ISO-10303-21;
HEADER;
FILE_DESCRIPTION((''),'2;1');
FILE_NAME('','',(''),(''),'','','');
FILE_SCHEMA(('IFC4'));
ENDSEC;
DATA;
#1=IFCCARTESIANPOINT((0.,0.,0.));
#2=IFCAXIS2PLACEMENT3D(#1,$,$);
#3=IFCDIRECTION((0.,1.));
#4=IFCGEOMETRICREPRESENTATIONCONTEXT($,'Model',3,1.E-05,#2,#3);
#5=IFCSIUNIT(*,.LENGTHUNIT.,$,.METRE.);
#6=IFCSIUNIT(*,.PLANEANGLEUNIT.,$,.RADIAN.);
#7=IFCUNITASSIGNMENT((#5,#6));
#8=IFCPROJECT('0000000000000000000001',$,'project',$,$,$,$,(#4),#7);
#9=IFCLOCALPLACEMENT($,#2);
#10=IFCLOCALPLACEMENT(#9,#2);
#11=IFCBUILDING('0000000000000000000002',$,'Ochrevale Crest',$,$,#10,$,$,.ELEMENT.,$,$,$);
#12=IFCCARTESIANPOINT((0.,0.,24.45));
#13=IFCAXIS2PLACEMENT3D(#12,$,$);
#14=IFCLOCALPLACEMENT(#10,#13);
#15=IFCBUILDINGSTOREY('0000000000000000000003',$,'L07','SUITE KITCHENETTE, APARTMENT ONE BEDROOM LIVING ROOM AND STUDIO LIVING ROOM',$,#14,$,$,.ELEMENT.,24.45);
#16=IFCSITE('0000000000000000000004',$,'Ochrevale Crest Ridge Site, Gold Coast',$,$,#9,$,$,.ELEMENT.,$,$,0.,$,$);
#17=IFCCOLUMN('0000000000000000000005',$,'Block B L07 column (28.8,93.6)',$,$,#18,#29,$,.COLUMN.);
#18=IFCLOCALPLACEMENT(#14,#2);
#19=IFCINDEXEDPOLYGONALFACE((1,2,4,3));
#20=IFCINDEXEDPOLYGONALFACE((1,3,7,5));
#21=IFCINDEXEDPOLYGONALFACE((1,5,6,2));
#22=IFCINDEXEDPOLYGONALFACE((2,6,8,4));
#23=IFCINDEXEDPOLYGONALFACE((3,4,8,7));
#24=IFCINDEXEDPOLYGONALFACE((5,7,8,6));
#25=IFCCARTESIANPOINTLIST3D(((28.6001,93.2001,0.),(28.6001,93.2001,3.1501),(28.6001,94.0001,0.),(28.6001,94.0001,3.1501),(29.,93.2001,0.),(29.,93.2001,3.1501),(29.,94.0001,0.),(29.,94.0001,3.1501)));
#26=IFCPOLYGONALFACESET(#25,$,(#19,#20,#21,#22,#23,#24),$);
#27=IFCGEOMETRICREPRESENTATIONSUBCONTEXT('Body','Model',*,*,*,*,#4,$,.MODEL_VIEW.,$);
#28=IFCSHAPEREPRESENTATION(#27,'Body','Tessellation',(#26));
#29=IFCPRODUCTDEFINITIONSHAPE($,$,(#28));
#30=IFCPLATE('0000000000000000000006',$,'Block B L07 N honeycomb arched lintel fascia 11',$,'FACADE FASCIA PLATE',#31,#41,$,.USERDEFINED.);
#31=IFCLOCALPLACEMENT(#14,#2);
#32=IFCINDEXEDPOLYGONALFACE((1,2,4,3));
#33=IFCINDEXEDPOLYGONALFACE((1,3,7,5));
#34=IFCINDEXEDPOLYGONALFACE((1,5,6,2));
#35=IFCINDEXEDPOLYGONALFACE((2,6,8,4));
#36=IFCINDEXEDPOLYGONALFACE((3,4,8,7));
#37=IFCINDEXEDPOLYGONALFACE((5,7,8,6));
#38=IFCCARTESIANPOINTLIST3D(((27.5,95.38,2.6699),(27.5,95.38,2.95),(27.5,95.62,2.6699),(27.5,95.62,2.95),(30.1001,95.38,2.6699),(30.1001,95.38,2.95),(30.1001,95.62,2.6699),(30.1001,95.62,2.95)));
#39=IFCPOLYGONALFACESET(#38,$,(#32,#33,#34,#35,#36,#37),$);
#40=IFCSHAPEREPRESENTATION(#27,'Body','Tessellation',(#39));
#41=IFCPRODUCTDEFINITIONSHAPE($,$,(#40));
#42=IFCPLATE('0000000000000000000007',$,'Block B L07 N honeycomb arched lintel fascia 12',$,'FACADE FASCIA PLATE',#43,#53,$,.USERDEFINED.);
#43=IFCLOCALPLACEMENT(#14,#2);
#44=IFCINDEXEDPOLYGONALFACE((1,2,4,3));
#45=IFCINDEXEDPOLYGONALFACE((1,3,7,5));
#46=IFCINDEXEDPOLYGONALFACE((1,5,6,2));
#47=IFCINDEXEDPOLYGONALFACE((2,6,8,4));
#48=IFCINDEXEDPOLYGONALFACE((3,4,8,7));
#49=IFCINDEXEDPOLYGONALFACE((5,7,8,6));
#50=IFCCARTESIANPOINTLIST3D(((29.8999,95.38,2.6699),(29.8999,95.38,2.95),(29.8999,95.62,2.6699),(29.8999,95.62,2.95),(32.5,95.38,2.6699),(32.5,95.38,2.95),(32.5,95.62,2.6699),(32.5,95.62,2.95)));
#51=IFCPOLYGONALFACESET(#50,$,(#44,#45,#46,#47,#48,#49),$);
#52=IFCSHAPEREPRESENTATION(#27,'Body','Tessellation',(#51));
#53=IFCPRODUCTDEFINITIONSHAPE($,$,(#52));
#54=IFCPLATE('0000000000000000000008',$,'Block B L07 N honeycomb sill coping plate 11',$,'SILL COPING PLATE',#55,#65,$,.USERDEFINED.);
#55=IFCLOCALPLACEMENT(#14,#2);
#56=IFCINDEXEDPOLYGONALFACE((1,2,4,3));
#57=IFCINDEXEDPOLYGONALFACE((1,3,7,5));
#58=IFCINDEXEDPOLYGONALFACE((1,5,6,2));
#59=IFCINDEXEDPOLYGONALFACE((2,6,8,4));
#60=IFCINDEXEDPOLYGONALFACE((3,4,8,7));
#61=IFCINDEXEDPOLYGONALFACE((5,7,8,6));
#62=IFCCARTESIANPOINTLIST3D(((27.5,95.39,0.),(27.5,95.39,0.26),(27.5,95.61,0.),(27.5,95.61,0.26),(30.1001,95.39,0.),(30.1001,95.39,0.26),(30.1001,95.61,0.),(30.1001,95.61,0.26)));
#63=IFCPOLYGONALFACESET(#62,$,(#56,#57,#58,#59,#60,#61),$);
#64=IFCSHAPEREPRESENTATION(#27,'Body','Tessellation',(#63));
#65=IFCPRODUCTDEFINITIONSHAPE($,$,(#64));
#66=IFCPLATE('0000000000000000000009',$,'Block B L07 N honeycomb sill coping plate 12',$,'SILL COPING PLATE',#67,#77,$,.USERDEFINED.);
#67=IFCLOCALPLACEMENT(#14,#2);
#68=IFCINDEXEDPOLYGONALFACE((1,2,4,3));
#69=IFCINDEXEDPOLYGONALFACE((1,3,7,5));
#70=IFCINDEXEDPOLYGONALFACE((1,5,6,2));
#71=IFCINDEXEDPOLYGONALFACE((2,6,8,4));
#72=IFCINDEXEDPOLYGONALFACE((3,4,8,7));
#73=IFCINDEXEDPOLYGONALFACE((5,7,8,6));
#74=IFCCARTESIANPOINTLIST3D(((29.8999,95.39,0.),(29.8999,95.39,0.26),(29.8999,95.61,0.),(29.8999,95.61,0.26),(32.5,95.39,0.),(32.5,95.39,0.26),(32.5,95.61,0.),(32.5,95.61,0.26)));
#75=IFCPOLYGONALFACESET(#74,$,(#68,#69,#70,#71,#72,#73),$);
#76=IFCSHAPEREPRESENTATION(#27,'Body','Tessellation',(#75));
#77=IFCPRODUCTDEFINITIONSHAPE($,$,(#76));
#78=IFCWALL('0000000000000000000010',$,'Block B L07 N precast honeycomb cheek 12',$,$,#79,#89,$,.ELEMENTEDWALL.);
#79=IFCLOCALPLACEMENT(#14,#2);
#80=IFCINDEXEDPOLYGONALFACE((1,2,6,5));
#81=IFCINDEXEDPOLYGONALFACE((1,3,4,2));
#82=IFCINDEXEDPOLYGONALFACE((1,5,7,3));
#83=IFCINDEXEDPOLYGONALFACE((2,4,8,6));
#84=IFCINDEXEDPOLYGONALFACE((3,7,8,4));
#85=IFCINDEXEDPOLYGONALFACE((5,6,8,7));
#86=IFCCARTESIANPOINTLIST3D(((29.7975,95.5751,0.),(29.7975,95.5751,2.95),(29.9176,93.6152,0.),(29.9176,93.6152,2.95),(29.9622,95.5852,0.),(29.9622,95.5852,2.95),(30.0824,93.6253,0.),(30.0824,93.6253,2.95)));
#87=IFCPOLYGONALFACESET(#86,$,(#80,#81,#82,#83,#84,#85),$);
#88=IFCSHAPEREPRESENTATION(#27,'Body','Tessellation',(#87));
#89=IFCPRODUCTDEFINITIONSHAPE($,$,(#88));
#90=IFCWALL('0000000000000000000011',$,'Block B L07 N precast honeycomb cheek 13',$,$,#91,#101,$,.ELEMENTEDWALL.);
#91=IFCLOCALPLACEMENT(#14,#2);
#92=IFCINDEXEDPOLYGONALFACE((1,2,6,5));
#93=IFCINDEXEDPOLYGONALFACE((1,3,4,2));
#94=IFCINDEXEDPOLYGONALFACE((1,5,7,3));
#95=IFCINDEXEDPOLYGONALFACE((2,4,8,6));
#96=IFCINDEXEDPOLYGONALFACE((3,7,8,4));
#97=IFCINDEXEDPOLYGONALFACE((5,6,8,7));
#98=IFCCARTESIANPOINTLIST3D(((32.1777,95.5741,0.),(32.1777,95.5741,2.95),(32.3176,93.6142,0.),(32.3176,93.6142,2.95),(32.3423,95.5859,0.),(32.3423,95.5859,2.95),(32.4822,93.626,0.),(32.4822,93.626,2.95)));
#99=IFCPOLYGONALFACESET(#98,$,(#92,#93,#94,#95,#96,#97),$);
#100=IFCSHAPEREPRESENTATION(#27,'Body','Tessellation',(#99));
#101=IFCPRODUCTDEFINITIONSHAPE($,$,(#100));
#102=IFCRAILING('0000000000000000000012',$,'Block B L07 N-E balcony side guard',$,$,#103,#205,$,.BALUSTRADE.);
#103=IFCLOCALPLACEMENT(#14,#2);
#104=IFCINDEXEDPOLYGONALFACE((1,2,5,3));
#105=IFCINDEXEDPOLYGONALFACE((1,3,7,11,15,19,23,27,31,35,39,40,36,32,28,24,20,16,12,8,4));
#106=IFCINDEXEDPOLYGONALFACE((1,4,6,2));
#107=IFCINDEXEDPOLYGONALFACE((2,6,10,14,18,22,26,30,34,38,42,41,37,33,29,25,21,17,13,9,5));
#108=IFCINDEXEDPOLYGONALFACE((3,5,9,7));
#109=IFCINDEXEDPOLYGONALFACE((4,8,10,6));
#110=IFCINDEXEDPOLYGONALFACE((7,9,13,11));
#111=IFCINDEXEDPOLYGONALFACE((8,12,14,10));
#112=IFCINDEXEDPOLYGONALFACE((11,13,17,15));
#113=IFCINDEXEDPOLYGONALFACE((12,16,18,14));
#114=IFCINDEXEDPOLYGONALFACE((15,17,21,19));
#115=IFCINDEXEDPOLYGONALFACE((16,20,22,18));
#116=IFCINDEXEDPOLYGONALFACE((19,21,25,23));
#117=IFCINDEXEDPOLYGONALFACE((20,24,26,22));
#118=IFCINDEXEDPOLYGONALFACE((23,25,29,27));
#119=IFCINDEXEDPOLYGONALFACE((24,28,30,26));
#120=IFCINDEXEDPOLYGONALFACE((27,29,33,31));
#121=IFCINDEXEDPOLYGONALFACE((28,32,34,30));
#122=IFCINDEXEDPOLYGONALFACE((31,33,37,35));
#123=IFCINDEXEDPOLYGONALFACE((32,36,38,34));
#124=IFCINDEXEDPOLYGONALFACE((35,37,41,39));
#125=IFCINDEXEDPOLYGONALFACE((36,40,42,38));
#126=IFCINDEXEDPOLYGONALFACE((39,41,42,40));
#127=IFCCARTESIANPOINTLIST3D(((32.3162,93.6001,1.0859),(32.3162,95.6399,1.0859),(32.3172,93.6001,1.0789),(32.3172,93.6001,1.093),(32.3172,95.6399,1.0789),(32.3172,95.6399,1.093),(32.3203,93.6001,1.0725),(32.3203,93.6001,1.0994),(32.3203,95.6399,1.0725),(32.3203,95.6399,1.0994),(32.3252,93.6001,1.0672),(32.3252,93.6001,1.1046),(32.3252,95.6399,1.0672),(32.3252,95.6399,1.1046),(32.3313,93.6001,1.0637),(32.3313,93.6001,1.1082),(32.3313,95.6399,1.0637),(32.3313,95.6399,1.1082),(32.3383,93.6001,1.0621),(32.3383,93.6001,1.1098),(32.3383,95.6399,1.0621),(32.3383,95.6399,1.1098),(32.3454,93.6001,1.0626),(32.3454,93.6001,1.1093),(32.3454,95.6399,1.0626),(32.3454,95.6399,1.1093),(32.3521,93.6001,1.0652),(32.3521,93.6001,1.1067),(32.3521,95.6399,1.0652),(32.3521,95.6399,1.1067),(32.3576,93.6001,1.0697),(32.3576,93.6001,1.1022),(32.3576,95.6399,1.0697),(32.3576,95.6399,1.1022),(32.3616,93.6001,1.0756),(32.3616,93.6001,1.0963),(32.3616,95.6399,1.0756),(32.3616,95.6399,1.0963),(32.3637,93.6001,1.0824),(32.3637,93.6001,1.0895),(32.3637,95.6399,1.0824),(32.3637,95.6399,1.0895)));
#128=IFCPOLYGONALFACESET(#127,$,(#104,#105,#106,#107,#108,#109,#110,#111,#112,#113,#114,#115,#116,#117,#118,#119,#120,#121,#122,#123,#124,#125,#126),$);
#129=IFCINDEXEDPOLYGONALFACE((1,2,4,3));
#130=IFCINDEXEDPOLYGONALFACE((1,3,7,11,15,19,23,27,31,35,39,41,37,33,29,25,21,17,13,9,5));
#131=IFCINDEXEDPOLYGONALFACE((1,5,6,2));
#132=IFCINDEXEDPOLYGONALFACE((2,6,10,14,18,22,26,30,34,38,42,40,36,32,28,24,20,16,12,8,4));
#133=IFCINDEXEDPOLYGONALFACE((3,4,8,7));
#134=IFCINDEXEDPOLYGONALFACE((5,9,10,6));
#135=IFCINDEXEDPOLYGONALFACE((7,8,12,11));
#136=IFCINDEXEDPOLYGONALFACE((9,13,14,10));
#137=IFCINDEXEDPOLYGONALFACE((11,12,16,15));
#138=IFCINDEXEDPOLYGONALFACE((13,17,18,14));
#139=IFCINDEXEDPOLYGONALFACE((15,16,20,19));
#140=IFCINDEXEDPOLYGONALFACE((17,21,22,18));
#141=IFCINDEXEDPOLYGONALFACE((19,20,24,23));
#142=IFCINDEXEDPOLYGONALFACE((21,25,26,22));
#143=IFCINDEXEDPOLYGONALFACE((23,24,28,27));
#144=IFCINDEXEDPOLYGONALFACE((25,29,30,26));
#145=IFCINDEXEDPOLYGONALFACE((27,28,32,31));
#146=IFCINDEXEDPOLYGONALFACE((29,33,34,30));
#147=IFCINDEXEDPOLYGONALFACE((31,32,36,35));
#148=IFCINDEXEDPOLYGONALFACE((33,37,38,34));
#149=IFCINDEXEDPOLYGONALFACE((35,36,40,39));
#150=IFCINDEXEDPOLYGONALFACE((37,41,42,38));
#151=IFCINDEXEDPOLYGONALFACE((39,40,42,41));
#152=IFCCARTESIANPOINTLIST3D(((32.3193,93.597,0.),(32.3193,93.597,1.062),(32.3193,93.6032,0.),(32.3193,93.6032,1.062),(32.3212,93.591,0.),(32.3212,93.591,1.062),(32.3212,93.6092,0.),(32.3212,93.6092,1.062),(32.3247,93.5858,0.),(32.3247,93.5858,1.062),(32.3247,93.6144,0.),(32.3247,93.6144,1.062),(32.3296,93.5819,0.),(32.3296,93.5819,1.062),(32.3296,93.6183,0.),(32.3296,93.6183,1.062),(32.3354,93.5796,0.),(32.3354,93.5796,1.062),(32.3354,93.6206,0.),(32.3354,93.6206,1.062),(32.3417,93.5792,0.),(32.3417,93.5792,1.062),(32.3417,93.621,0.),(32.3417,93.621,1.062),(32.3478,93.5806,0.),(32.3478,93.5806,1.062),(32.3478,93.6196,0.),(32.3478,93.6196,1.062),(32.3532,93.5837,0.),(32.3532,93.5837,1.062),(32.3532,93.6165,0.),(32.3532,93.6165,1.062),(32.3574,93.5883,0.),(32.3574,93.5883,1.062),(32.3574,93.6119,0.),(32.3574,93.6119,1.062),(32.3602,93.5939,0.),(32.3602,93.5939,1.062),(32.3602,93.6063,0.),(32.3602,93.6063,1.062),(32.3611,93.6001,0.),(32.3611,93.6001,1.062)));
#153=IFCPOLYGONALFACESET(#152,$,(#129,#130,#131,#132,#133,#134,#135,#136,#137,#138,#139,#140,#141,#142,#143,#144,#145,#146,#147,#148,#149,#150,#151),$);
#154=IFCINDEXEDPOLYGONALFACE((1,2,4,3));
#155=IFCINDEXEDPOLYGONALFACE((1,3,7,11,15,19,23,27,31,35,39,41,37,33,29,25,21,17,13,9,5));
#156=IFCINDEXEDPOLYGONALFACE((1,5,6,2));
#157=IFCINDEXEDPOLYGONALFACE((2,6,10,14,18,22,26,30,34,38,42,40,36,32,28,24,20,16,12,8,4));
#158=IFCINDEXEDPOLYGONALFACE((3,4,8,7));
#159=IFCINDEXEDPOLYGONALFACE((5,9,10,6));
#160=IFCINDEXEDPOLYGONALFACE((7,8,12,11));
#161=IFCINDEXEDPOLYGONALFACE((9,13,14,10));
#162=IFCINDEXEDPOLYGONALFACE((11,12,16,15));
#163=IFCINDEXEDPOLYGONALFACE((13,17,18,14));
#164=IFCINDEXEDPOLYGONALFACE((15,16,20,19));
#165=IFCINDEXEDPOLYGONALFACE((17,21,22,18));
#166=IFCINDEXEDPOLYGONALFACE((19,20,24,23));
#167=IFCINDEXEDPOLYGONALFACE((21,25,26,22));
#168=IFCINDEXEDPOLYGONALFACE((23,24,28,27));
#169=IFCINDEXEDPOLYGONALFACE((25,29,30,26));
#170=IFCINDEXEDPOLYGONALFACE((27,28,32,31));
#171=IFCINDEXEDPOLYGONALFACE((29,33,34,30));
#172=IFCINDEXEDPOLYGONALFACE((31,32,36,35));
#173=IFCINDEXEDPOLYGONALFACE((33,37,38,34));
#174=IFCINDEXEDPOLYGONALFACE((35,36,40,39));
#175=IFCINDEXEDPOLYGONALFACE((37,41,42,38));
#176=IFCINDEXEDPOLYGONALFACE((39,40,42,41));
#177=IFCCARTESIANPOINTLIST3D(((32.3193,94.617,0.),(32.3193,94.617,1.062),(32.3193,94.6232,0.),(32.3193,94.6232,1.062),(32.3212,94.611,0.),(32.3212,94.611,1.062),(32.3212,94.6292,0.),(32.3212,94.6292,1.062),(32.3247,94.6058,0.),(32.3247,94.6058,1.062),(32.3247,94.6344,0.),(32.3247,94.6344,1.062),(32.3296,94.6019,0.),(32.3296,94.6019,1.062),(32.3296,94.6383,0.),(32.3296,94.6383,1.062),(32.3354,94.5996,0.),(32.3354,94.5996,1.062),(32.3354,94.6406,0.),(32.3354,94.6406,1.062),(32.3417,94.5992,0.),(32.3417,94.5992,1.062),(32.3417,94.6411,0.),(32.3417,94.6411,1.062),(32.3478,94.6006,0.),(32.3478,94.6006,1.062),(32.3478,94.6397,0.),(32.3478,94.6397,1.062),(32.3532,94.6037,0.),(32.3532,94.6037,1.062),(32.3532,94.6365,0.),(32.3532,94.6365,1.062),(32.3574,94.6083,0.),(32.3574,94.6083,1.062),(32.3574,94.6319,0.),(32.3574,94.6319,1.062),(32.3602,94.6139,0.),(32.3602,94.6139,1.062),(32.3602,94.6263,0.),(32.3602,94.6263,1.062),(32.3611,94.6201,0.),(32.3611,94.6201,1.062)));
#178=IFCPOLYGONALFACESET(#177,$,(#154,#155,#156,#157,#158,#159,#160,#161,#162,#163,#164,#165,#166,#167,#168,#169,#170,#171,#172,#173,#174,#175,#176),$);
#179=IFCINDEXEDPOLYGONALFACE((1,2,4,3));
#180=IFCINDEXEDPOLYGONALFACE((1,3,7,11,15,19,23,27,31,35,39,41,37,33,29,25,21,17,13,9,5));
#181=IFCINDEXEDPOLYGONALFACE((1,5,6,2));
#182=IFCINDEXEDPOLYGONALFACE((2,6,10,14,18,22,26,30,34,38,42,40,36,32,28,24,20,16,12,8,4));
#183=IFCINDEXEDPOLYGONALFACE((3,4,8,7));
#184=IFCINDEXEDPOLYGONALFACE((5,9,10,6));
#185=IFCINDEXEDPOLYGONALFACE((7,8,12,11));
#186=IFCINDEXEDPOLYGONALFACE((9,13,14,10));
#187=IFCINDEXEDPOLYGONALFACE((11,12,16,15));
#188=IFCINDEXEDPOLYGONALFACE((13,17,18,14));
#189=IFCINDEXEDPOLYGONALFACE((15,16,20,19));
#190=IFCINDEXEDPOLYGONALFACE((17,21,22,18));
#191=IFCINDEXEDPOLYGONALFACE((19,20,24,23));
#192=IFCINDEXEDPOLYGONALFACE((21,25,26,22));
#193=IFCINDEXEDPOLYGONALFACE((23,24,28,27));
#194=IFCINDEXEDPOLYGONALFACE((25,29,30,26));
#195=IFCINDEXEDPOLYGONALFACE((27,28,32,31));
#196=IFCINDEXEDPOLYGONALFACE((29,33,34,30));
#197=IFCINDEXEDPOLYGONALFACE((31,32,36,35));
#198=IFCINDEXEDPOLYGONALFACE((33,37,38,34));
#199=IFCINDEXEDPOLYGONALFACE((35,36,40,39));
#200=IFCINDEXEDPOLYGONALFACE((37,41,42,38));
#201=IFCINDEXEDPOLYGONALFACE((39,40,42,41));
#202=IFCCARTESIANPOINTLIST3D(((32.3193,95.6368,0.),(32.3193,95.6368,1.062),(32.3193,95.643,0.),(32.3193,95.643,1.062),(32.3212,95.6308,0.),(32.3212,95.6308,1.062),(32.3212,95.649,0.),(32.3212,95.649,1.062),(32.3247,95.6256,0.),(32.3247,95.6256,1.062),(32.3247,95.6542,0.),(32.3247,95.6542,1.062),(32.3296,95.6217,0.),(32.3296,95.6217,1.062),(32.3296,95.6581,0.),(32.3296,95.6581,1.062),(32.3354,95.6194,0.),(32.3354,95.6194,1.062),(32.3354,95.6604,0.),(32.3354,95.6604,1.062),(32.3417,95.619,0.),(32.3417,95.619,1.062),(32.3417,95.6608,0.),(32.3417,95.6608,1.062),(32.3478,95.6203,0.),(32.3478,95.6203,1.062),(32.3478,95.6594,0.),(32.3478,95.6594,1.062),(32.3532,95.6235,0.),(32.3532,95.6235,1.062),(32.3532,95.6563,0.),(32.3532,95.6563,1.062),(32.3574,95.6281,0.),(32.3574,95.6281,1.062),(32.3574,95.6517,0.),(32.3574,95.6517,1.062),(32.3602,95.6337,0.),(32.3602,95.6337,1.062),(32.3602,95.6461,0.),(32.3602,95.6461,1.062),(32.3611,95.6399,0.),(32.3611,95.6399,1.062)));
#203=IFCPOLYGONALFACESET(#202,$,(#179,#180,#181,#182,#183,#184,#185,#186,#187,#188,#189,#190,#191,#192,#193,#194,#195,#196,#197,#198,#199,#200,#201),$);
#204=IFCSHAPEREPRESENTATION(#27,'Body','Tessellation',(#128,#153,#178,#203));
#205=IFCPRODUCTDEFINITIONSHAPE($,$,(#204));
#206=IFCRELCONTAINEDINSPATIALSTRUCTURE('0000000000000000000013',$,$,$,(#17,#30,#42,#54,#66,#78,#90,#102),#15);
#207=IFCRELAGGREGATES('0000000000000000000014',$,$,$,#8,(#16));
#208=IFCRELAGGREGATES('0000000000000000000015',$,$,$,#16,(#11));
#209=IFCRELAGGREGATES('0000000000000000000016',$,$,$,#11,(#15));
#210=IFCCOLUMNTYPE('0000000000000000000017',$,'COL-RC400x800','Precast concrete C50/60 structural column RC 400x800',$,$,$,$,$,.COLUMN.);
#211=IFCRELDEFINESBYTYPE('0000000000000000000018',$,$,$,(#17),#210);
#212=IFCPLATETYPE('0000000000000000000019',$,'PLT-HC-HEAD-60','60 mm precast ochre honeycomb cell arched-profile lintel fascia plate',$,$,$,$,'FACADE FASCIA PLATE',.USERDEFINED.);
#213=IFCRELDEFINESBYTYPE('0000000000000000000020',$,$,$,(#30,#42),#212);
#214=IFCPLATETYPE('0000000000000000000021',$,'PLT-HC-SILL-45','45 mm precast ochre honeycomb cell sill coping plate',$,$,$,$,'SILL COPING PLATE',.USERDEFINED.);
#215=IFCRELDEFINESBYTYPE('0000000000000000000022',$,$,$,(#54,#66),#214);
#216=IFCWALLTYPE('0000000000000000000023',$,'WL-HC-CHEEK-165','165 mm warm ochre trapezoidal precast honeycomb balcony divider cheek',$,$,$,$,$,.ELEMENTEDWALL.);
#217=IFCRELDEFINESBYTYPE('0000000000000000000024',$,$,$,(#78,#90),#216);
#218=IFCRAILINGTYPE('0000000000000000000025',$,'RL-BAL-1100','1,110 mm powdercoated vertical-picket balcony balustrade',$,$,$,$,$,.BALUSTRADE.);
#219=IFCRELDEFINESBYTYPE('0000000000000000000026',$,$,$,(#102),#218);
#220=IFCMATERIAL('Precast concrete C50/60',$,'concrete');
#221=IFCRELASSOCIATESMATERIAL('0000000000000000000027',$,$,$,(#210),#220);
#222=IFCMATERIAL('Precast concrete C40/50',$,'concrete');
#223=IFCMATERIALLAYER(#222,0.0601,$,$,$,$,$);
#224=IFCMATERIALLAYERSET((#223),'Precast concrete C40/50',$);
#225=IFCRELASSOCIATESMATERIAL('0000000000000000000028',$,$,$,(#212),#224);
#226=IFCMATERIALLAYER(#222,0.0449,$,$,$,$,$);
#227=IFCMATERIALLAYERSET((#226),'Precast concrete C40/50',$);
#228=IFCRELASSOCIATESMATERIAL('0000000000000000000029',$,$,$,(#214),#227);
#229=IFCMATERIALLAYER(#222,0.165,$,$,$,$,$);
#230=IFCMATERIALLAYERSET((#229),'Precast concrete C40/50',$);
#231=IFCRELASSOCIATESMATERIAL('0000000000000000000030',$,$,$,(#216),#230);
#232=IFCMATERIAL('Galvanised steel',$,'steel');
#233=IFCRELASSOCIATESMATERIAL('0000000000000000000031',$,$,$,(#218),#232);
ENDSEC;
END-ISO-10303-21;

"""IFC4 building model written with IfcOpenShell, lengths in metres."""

from ifc_helpers import new_model, si_unit, direction, frame, frame_2d, origin, origin_2d, place, context, subcontext, project, spatial, rectangle, circle, extrude, material, layer, layer_set, material_profile, profile_set, type_object, element, save


model = new_model("IFC4")

# Units and contexts
model_context = context("Model", 3, precision=1e-05, world=origin(), true_north=direction((0.0, 1.0)))
body_context = subcontext(model_context, "Body", "Model", "MODEL_VIEW")
ifc_project = project(units=[si_unit("LENGTHUNIT", "METRE"), si_unit("PLANEANGLEUNIT", "RADIAN")], contexts=[model_context])

# Site, building, storey
site_placement = place(None, origin())
site = spatial("IfcSite", under=ifc_project, at=site_placement, Name="Ochrevale Crest Ridge Site, Gold Coast", CompositionType="ELEMENT", RefElevation=0.0)
building_placement = place(site_placement, origin())
building = spatial("IfcBuilding", under=site, at=building_placement, Name="Ochrevale Crest", CompositionType="ELEMENT")
storey_placement = place(building_placement, frame((0.0, 0.0, 24.45)))
storey = spatial("IfcBuildingStorey", under=building, at=storey_placement, Name="L07", Description="SUITE KITCHENETTE, APARTMENT ONE BEDROOM LIVING ROOM AND STUDIO LIVING ROOM", CompositionType="ELEMENT", Elevation=24.45)

# Column
ifc_material_1 = material(Name="Precast concrete C50/60", Category="concrete")
ifc_material_profile = material_profile(ifc_material_1, rectangle(XDim=0.3999, YDim=0.8, at=origin_2d()), Name="RC 400x800")
ifc_profile_set = profile_set([ifc_material_profile], Name="Precast concrete C50/60")
column_type = type_object("IfcColumnType", Name="COL-RC400x800", Description="Precast concrete C50/60 structural column RC 400x800", PredefinedType="COLUMN", material=ifc_profile_set)
column_placement = place(storey_placement, frame((28.8, 93.6001, 0.0), z_axis=(0.0, 0.0, 1.0), x_axis=(1.0, 0.0, 0.0)))
element("IfcColumn", 1, at=column_placement, inside=storey, type_object=column_type, Name="Block B L07 column (28.8,93.6)", PredefinedType="COLUMN", context=body_context, shape_type="SweptSolid", body=[
    extrude(rectangle(XDim=0.3999, YDim=0.8, at=origin_2d()), origin(), (0.0, 0.0, 1.0), 3.1501),
])

# Plates
ifc_material_2 = material(Name="Precast concrete C40/50", Category="concrete")
ifc_layer_1 = layer(ifc_material_2, 0.0601)
ifc_layer_set_1 = layer_set([ifc_layer_1], Name="Precast concrete C40/50")
plate_type_1 = type_object("IfcPlateType", Name="PLT-HC-HEAD-60", Description="60 mm precast ochre honeycomb cell arched-profile lintel fascia plate", ElementType="FACADE FASCIA PLATE", PredefinedType="USERDEFINED", material=ifc_layer_set_1)
for number, where, z_axis, x_axis, name in (
    (2, (28.8, 95.5, 2.6699), (0.0, 0.0, 1.0), (1.0, 0.0, 0.0), "Block B L07 N honeycomb arched lintel fascia 11"),
    (3, (31.2, 95.5, 2.6699), (0.0, 0.0, 1.0), (1.0, 0.0, 0.0), "Block B L07 N honeycomb arched lintel fascia 12"),
):
    element("IfcPlate", number, at=place(storey_placement, frame(where, z_axis=z_axis, x_axis=x_axis)), inside=storey, type_object=plate_type_1, Name=name, ObjectType="FACADE FASCIA PLATE", PredefinedType="USERDEFINED", context=body_context, shape_type="SweptSolid", body=[
        extrude(rectangle(XDim=2.6001, YDim=0.24, at=origin_2d()), origin(), (0.0, 0.0, 1.0), 0.28),
    ])
ifc_layer_2 = layer(ifc_material_2, 0.0449)
ifc_layer_set_2 = layer_set([ifc_layer_2], Name="Precast concrete C40/50")
plate_type_2 = type_object("IfcPlateType", Name="PLT-HC-SILL-45", Description="45 mm precast ochre honeycomb cell sill coping plate", ElementType="SILL COPING PLATE", PredefinedType="USERDEFINED", material=ifc_layer_set_2)
for number, where, z_axis, x_axis, name in (
    (4, (28.8, 95.5, 0.0), (0.0, 0.0, 1.0), (1.0, 0.0, 0.0), "Block B L07 N honeycomb sill coping plate 11"),
    (5, (31.2, 95.5, 0.0), (0.0, 0.0, 1.0), (1.0, 0.0, 0.0), "Block B L07 N honeycomb sill coping plate 12"),
):
    element("IfcPlate", number, at=place(storey_placement, frame(where, z_axis=z_axis, x_axis=x_axis)), inside=storey, type_object=plate_type_2, Name=name, ObjectType="SILL COPING PLATE", PredefinedType="USERDEFINED", context=body_context, shape_type="SweptSolid", body=[
        extrude(rectangle(XDim=2.6001, YDim=0.22, at=origin_2d()), origin(), (0.0, 0.0, 1.0), 0.26),
    ])

# Walls
ifc_layer_3 = layer(ifc_material_2, 0.165)
ifc_layer_set_3 = layer_set([ifc_layer_3], Name="Precast concrete C40/50")
wall_type_1 = type_object("IfcWallType", Name="WL-HC-CHEEK-165", Description="165 mm warm ochre trapezoidal precast honeycomb balcony divider cheek", PredefinedType="ELEMENTEDWALL", material=ifc_layer_set_3)
wall_1_placement = place(storey_placement, frame((30.0, 93.6201, 0.0), z_axis=(0.0, 0.0, 1.0), x_axis=(-0.061171, 0.998127, 0.0)))
element("IfcWall", 6, at=wall_1_placement, inside=storey, type_object=wall_type_1, Name="Block B L07 N precast honeycomb cheek 12", PredefinedType="ELEMENTEDWALL", context=body_context, shape_type="SweptSolid", body=[
    extrude(rectangle(XDim=1.9636, YDim=0.165, at=frame_2d((0.9819, 0.0))), origin(), (0.0, 0.0, 1.0), 2.95),
])
wall_2_placement = place(storey_placement, frame((32.3999, 93.6201, 0.0), z_axis=(0.0, 0.0, 1.0), x_axis=(-0.071194, 0.997462, 0.0)))
element("IfcWall", 7, at=wall_2_placement, inside=storey, type_object=wall_type_1, Name="Block B L07 N precast honeycomb cheek 13", PredefinedType="ELEMENTEDWALL", context=body_context, shape_type="SweptSolid", body=[
    extrude(rectangle(XDim=1.9648, YDim=0.165, at=frame_2d((0.9824, 0.0))), origin(), (0.0, 0.0, 1.0), 2.95),
])

# Railing
ifc_material_3 = material(Name="Galvanised steel", Category="steel")
railing_type = type_object("IfcRailingType", Name="RL-BAL-1100", Description="1,110 mm powdercoated vertical-picket balcony balustrade", PredefinedType="BALUSTRADE", material=ifc_material_3)
railing_placement = place(storey_placement, frame((32.3401, 93.6001, 0.0)))
element("IfcRailing", 8, at=railing_placement, inside=storey, type_object=railing_type, Name="Block B L07 N-E balcony side guard", PredefinedType="BALUSTRADE", context=body_context, shape_type="SweptSolid", body=[
    extrude(circle(Radius=0.0239, at=origin_2d()), frame((0.0, 0.0, 1.0859), z_axis=(0.0, 1.0, 0.0), x_axis=(-1.0, 0.0, 0.0)), (0.0, 0.0, 1.0), 2.0398),
    extrude(circle(Radius=0.021, at=origin_2d()), origin(), (0.0, 0.0, 1.0), 1.062),
    extrude(circle(Radius=0.021, at=origin_2d()), frame((0.0, 1.02, 0.0)), (0.0, 0.0, 1.0), 1.062),
    extrude(circle(Radius=0.021, at=origin_2d()), frame((0.0, 2.0398, 0.0)), (0.0, 0.0, 1.0), 1.062),
])

save(model, "model.ifc")
